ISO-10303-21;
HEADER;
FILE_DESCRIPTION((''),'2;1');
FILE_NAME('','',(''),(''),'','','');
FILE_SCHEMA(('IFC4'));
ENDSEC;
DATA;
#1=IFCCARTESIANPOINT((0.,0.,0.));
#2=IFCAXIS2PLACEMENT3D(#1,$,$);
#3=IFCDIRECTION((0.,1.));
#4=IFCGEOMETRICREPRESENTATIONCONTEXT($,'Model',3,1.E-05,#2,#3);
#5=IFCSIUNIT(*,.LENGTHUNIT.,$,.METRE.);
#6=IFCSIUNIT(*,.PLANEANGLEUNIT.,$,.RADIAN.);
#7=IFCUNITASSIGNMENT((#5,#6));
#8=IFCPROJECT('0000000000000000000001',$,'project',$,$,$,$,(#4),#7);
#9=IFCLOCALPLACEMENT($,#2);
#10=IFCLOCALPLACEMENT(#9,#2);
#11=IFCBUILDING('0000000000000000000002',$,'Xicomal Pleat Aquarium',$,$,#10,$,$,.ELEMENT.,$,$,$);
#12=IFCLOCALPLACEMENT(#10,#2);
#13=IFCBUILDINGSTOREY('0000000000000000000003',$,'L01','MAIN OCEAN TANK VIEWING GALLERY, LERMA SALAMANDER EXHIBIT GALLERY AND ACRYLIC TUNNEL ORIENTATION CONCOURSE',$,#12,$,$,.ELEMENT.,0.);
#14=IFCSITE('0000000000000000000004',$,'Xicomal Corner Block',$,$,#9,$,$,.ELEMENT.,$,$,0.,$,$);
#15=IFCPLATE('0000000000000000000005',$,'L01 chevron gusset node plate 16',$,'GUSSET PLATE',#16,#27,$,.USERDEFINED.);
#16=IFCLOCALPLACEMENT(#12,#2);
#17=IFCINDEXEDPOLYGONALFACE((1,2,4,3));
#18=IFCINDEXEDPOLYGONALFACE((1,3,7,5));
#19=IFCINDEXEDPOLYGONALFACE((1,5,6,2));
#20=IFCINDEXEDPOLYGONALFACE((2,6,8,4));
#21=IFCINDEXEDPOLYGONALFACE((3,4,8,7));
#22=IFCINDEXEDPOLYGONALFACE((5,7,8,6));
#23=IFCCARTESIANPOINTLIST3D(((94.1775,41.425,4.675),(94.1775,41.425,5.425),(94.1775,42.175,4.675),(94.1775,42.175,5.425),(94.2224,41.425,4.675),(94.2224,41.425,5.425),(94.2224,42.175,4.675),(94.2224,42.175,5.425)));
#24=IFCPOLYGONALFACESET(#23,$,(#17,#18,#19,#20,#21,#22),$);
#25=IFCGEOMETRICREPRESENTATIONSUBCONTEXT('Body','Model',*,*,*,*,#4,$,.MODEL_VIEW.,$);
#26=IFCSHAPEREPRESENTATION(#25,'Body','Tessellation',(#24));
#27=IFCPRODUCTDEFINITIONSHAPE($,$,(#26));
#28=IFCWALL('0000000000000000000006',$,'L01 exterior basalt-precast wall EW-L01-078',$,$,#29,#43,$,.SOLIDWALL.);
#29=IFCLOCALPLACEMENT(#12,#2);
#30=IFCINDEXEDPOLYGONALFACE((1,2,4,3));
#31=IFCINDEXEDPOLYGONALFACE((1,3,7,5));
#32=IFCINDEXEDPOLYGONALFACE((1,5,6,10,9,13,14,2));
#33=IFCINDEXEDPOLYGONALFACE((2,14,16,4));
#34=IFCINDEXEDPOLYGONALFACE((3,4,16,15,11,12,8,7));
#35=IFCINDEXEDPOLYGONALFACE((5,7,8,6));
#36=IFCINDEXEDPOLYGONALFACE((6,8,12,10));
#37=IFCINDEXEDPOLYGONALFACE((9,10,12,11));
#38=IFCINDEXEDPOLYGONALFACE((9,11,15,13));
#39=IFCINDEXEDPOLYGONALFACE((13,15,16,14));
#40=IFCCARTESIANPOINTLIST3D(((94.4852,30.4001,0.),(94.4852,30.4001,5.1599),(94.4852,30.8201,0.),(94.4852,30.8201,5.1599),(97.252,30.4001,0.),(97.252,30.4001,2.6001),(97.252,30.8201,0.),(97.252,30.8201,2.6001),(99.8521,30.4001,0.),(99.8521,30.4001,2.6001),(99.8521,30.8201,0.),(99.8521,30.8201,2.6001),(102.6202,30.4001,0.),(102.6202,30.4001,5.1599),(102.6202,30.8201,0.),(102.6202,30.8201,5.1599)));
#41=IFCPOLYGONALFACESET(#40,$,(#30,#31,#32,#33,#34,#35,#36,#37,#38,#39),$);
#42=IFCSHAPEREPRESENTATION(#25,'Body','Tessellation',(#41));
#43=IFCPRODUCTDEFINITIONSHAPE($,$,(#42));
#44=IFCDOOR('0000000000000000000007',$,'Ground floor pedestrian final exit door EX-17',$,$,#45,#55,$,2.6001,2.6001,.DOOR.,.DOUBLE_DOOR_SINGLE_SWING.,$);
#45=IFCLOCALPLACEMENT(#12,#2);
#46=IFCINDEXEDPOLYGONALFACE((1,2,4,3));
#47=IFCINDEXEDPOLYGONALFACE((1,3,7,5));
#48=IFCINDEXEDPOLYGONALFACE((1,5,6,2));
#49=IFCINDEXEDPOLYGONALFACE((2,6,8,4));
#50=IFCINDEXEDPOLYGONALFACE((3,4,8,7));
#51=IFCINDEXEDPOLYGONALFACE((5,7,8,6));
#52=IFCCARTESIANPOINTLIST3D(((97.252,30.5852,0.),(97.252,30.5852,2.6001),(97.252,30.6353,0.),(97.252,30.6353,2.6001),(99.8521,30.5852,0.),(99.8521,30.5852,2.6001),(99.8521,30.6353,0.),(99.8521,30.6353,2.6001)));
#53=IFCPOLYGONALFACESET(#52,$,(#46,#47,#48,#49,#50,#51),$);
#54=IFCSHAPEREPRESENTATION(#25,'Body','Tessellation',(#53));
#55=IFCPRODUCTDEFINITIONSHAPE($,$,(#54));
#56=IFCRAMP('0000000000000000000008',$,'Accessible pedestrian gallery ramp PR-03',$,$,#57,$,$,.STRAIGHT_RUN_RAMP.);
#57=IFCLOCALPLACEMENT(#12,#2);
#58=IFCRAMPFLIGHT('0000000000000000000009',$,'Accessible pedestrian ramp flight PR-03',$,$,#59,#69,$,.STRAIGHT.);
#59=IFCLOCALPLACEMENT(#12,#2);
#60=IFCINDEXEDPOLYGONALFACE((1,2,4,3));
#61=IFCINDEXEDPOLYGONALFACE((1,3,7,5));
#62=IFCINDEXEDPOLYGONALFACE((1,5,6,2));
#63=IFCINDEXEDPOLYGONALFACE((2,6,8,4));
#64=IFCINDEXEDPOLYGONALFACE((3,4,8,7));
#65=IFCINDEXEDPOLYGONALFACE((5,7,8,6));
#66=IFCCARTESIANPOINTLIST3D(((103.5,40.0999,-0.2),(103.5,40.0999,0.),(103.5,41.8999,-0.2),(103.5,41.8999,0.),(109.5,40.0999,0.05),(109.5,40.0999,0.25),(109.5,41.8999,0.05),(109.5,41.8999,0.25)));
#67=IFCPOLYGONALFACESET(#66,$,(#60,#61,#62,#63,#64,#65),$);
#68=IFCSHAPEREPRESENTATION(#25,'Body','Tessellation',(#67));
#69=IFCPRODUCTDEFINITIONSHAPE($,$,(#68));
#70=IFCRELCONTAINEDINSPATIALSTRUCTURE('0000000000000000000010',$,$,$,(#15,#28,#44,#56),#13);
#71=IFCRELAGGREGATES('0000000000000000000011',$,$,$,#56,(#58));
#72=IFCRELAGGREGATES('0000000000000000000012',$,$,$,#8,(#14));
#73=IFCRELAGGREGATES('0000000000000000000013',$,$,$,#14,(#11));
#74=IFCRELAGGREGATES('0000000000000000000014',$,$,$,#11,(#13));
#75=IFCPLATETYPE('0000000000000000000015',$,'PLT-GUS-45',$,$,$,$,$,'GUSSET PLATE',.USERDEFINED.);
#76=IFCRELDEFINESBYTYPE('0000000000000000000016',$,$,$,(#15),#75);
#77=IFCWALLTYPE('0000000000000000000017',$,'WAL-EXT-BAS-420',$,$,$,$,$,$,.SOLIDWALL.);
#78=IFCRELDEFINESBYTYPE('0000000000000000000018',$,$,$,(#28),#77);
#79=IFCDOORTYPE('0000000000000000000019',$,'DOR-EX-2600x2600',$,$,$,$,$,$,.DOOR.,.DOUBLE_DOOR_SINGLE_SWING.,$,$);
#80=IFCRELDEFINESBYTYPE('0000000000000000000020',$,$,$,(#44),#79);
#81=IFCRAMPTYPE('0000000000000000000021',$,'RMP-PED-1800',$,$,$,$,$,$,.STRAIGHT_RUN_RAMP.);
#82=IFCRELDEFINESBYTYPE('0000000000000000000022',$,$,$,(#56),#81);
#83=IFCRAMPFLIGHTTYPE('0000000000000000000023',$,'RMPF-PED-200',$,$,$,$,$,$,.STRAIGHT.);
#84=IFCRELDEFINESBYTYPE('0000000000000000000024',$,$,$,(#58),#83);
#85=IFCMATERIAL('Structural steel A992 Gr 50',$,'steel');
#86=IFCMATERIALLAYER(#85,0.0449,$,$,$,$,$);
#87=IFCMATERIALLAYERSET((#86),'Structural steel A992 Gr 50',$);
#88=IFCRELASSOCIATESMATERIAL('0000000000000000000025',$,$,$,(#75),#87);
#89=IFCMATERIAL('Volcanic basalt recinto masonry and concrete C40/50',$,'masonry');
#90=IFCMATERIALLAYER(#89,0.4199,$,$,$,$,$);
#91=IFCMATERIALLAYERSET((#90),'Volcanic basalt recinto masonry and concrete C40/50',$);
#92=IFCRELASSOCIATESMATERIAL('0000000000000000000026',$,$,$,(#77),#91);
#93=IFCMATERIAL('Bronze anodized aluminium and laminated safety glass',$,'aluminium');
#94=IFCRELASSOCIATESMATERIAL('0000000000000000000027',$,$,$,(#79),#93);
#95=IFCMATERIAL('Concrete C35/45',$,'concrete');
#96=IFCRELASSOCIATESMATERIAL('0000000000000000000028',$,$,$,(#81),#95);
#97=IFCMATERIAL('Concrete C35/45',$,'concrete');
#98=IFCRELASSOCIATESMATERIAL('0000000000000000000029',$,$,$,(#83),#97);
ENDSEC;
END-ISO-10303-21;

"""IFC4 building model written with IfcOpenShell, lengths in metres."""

from ifc_helpers import new_model, si_unit, direction, frame, frame_2d, origin, origin_2d, place, context, subcontext, project, spatial, polyline, rectangle, outline, extrude, material, layer, layer_set, type_object, element, fill, aggregate, save


model = new_model("IFC4")

# Units and contexts
model_context = context("Model", 3, precision=1e-05, world=origin(), true_north=direction((0.0, 1.0)))
body_context = subcontext(model_context, "Body", "Model", "MODEL_VIEW")
ifc_project = project(units=[si_unit("LENGTHUNIT", "METRE"), si_unit("PLANEANGLEUNIT", "RADIAN")], contexts=[model_context])

# Site, building, storey
site_placement = place(None, origin())
site = spatial("IfcSite", under=ifc_project, at=site_placement, Name="Xicomal Corner Block", CompositionType="ELEMENT", RefElevation=0.0)
building_placement = place(site_placement, origin())
building = spatial("IfcBuilding", under=site, at=building_placement, Name="Xicomal Pleat Aquarium", CompositionType="ELEMENT")
storey_placement = place(building_placement, origin())
storey = spatial("IfcBuildingStorey", under=building, at=storey_placement, Name="L01", Description="MAIN OCEAN TANK VIEWING GALLERY, LERMA SALAMANDER EXHIBIT GALLERY AND ACRYLIC TUNNEL ORIENTATION CONCOURSE", CompositionType="ELEMENT", Elevation=0.0)

# Plate
ifc_material_1 = material(Name="Structural steel A992 Gr 50", Category="steel")
ifc_layer_1 = layer(ifc_material_1, 0.0449)
ifc_layer_set_1 = layer_set([ifc_layer_1], Name="Structural steel A992 Gr 50")
plate_type_1 = type_object("IfcPlateType", Name="PLT-GUS-45", ElementType="GUSSET PLATE", PredefinedType="USERDEFINED", material=ifc_layer_set_1)
plate_1_placement = place(storey_placement, frame((94.2, 41.8, 4.675), z_axis=(0.0, 0.0, 1.0), x_axis=(0.0, 1.0, 0.0)))
element("IfcPlate", 1, at=plate_1_placement, inside=storey, type_object=plate_type_1, Name="L01 chevron gusset node plate 16", ObjectType="GUSSET PLATE", PredefinedType="USERDEFINED", context=body_context, shape_type="SweptSolid", body=[
    extrude(rectangle(XDim=0.75, YDim=0.0449, at=origin_2d()), origin(), (0.0, 0.0, 1.0), 0.75),
])

# Wall, opening, door
ifc_material_2 = material(Name="Volcanic basalt recinto masonry and concrete C40/50", Category="masonry")
ifc_layer_2 = layer(ifc_material_2, 0.4199)
ifc_layer_set_2 = layer_set([ifc_layer_2], Name="Volcanic basalt recinto masonry and concrete C40/50")
wall_type = type_object("IfcWallType", Name="WAL-EXT-BAS-420", PredefinedType="SOLIDWALL", material=ifc_layer_set_2)
wall_placement = place(storey_placement, frame((102.6201, 30.6101, 0.0), z_axis=(0.0, 0.0, 1.0), x_axis=(-1.0, 0.0, 0.0)))
wall = element("IfcWall", 2, at=wall_placement, inside=storey, type_object=wall_type, Name="L01 exterior basalt-precast wall EW-L01-078", PredefinedType="SOLIDWALL", context=body_context, shape_type="SweptSolid", body=[
    extrude(rectangle(XDim=8.135, YDim=0.4199, at=frame_2d((4.0674, 0.0))), origin(), (0.0, 0.0, 1.0), 5.1599),
])
opening_placement = place(wall_placement, frame((2.7681, 0.0, 0.0)))
opening = element("IfcOpeningElement", 3, at=opening_placement, cuts=wall, PredefinedType="OPENING", context=body_context, shape_type="SweptSolid", body=[
    extrude(rectangle(XDim=2.6001, YDim=2.6001, at=frame_2d((1.3, 1.3))), frame((0.0, 0.22, 0.0), z_axis=(0.0, -1.0, 0.0), x_axis=(1.0, 0.0, 0.0)), (0.0, 0.0, 1.0), 0.4399),
])
ifc_material_3 = material(Name="Bronze anodized aluminium and laminated safety glass", Category="aluminium")
door_type = type_object("IfcDoorType", Name="DOR-EX-2600x2600", OperationType="DOUBLE_DOOR_SINGLE_SWING", PredefinedType="DOOR", material=ifc_material_3)
door_placement = place(opening_placement, origin())
door = element("IfcDoor", 4, at=door_placement, inside=storey, type_object=door_type, Name="Ground floor pedestrian final exit door EX-17", OperationType="DOUBLE_DOOR_SINGLE_SWING", OverallHeight=2.6001, OverallWidth=2.6001, PredefinedType="DOOR", context=body_context, shape_type="SweptSolid", body=[
    extrude(rectangle(XDim=2.6001, YDim=2.6001, at=frame_2d((1.3, 1.3))), frame((0.0, 0.0249, 0.0), z_axis=(0.0, -1.0, 0.0), x_axis=(1.0, 0.0, 0.0)), (0.0, 0.0, 1.0), 0.05),
])
fill(opening, door)

# Ramp, ramp flight
ifc_material_4 = material(Name="Concrete C35/45", Category="concrete")
ramp_type = type_object("IfcRampType", Name="RMP-PED-1800", PredefinedType="STRAIGHT_RUN_RAMP", material=ifc_material_4)
ramp_placement = place(storey_placement, origin())
ramp = element("IfcRamp", 5, at=ramp_placement, inside=storey, type_object=ramp_type, Name="Accessible pedestrian gallery ramp PR-03", PredefinedType="STRAIGHT_RUN_RAMP")
ifc_material_5 = material(Name="Concrete C35/45", Category="concrete")
ramp_flight_type = type_object("IfcRampFlightType", Name="RMPF-PED-200", PredefinedType="STRAIGHT", material=ifc_material_5)
ramp_flight_placement = place(storey_placement, frame((103.5, 41.0, 0.0), z_axis=(0.0, 0.0, 1.0), x_axis=(1.0, 0.0, 0.0)))
ramp_flight = element("IfcRampFlight", 6, at=ramp_flight_placement, type_object=ramp_flight_type, Name="Accessible pedestrian ramp flight PR-03", PredefinedType="STRAIGHT", context=body_context, shape_type="SweptSolid", body=[
    extrude(outline(polyline([(0.0, 0.0), (6.0, 0.25), (6.0, 0.05), (0.0, -0.2), (0.0, 0.0)])), frame((0.0, 0.8999, 0.0), z_axis=(0.0, -1.0, 0.0), x_axis=(1.0, 0.0, 0.0)), (0.0, 0.0, 1.0), 1.8),
])
aggregate(ramp, [ramp_flight])

save(model, "model.ifc")
